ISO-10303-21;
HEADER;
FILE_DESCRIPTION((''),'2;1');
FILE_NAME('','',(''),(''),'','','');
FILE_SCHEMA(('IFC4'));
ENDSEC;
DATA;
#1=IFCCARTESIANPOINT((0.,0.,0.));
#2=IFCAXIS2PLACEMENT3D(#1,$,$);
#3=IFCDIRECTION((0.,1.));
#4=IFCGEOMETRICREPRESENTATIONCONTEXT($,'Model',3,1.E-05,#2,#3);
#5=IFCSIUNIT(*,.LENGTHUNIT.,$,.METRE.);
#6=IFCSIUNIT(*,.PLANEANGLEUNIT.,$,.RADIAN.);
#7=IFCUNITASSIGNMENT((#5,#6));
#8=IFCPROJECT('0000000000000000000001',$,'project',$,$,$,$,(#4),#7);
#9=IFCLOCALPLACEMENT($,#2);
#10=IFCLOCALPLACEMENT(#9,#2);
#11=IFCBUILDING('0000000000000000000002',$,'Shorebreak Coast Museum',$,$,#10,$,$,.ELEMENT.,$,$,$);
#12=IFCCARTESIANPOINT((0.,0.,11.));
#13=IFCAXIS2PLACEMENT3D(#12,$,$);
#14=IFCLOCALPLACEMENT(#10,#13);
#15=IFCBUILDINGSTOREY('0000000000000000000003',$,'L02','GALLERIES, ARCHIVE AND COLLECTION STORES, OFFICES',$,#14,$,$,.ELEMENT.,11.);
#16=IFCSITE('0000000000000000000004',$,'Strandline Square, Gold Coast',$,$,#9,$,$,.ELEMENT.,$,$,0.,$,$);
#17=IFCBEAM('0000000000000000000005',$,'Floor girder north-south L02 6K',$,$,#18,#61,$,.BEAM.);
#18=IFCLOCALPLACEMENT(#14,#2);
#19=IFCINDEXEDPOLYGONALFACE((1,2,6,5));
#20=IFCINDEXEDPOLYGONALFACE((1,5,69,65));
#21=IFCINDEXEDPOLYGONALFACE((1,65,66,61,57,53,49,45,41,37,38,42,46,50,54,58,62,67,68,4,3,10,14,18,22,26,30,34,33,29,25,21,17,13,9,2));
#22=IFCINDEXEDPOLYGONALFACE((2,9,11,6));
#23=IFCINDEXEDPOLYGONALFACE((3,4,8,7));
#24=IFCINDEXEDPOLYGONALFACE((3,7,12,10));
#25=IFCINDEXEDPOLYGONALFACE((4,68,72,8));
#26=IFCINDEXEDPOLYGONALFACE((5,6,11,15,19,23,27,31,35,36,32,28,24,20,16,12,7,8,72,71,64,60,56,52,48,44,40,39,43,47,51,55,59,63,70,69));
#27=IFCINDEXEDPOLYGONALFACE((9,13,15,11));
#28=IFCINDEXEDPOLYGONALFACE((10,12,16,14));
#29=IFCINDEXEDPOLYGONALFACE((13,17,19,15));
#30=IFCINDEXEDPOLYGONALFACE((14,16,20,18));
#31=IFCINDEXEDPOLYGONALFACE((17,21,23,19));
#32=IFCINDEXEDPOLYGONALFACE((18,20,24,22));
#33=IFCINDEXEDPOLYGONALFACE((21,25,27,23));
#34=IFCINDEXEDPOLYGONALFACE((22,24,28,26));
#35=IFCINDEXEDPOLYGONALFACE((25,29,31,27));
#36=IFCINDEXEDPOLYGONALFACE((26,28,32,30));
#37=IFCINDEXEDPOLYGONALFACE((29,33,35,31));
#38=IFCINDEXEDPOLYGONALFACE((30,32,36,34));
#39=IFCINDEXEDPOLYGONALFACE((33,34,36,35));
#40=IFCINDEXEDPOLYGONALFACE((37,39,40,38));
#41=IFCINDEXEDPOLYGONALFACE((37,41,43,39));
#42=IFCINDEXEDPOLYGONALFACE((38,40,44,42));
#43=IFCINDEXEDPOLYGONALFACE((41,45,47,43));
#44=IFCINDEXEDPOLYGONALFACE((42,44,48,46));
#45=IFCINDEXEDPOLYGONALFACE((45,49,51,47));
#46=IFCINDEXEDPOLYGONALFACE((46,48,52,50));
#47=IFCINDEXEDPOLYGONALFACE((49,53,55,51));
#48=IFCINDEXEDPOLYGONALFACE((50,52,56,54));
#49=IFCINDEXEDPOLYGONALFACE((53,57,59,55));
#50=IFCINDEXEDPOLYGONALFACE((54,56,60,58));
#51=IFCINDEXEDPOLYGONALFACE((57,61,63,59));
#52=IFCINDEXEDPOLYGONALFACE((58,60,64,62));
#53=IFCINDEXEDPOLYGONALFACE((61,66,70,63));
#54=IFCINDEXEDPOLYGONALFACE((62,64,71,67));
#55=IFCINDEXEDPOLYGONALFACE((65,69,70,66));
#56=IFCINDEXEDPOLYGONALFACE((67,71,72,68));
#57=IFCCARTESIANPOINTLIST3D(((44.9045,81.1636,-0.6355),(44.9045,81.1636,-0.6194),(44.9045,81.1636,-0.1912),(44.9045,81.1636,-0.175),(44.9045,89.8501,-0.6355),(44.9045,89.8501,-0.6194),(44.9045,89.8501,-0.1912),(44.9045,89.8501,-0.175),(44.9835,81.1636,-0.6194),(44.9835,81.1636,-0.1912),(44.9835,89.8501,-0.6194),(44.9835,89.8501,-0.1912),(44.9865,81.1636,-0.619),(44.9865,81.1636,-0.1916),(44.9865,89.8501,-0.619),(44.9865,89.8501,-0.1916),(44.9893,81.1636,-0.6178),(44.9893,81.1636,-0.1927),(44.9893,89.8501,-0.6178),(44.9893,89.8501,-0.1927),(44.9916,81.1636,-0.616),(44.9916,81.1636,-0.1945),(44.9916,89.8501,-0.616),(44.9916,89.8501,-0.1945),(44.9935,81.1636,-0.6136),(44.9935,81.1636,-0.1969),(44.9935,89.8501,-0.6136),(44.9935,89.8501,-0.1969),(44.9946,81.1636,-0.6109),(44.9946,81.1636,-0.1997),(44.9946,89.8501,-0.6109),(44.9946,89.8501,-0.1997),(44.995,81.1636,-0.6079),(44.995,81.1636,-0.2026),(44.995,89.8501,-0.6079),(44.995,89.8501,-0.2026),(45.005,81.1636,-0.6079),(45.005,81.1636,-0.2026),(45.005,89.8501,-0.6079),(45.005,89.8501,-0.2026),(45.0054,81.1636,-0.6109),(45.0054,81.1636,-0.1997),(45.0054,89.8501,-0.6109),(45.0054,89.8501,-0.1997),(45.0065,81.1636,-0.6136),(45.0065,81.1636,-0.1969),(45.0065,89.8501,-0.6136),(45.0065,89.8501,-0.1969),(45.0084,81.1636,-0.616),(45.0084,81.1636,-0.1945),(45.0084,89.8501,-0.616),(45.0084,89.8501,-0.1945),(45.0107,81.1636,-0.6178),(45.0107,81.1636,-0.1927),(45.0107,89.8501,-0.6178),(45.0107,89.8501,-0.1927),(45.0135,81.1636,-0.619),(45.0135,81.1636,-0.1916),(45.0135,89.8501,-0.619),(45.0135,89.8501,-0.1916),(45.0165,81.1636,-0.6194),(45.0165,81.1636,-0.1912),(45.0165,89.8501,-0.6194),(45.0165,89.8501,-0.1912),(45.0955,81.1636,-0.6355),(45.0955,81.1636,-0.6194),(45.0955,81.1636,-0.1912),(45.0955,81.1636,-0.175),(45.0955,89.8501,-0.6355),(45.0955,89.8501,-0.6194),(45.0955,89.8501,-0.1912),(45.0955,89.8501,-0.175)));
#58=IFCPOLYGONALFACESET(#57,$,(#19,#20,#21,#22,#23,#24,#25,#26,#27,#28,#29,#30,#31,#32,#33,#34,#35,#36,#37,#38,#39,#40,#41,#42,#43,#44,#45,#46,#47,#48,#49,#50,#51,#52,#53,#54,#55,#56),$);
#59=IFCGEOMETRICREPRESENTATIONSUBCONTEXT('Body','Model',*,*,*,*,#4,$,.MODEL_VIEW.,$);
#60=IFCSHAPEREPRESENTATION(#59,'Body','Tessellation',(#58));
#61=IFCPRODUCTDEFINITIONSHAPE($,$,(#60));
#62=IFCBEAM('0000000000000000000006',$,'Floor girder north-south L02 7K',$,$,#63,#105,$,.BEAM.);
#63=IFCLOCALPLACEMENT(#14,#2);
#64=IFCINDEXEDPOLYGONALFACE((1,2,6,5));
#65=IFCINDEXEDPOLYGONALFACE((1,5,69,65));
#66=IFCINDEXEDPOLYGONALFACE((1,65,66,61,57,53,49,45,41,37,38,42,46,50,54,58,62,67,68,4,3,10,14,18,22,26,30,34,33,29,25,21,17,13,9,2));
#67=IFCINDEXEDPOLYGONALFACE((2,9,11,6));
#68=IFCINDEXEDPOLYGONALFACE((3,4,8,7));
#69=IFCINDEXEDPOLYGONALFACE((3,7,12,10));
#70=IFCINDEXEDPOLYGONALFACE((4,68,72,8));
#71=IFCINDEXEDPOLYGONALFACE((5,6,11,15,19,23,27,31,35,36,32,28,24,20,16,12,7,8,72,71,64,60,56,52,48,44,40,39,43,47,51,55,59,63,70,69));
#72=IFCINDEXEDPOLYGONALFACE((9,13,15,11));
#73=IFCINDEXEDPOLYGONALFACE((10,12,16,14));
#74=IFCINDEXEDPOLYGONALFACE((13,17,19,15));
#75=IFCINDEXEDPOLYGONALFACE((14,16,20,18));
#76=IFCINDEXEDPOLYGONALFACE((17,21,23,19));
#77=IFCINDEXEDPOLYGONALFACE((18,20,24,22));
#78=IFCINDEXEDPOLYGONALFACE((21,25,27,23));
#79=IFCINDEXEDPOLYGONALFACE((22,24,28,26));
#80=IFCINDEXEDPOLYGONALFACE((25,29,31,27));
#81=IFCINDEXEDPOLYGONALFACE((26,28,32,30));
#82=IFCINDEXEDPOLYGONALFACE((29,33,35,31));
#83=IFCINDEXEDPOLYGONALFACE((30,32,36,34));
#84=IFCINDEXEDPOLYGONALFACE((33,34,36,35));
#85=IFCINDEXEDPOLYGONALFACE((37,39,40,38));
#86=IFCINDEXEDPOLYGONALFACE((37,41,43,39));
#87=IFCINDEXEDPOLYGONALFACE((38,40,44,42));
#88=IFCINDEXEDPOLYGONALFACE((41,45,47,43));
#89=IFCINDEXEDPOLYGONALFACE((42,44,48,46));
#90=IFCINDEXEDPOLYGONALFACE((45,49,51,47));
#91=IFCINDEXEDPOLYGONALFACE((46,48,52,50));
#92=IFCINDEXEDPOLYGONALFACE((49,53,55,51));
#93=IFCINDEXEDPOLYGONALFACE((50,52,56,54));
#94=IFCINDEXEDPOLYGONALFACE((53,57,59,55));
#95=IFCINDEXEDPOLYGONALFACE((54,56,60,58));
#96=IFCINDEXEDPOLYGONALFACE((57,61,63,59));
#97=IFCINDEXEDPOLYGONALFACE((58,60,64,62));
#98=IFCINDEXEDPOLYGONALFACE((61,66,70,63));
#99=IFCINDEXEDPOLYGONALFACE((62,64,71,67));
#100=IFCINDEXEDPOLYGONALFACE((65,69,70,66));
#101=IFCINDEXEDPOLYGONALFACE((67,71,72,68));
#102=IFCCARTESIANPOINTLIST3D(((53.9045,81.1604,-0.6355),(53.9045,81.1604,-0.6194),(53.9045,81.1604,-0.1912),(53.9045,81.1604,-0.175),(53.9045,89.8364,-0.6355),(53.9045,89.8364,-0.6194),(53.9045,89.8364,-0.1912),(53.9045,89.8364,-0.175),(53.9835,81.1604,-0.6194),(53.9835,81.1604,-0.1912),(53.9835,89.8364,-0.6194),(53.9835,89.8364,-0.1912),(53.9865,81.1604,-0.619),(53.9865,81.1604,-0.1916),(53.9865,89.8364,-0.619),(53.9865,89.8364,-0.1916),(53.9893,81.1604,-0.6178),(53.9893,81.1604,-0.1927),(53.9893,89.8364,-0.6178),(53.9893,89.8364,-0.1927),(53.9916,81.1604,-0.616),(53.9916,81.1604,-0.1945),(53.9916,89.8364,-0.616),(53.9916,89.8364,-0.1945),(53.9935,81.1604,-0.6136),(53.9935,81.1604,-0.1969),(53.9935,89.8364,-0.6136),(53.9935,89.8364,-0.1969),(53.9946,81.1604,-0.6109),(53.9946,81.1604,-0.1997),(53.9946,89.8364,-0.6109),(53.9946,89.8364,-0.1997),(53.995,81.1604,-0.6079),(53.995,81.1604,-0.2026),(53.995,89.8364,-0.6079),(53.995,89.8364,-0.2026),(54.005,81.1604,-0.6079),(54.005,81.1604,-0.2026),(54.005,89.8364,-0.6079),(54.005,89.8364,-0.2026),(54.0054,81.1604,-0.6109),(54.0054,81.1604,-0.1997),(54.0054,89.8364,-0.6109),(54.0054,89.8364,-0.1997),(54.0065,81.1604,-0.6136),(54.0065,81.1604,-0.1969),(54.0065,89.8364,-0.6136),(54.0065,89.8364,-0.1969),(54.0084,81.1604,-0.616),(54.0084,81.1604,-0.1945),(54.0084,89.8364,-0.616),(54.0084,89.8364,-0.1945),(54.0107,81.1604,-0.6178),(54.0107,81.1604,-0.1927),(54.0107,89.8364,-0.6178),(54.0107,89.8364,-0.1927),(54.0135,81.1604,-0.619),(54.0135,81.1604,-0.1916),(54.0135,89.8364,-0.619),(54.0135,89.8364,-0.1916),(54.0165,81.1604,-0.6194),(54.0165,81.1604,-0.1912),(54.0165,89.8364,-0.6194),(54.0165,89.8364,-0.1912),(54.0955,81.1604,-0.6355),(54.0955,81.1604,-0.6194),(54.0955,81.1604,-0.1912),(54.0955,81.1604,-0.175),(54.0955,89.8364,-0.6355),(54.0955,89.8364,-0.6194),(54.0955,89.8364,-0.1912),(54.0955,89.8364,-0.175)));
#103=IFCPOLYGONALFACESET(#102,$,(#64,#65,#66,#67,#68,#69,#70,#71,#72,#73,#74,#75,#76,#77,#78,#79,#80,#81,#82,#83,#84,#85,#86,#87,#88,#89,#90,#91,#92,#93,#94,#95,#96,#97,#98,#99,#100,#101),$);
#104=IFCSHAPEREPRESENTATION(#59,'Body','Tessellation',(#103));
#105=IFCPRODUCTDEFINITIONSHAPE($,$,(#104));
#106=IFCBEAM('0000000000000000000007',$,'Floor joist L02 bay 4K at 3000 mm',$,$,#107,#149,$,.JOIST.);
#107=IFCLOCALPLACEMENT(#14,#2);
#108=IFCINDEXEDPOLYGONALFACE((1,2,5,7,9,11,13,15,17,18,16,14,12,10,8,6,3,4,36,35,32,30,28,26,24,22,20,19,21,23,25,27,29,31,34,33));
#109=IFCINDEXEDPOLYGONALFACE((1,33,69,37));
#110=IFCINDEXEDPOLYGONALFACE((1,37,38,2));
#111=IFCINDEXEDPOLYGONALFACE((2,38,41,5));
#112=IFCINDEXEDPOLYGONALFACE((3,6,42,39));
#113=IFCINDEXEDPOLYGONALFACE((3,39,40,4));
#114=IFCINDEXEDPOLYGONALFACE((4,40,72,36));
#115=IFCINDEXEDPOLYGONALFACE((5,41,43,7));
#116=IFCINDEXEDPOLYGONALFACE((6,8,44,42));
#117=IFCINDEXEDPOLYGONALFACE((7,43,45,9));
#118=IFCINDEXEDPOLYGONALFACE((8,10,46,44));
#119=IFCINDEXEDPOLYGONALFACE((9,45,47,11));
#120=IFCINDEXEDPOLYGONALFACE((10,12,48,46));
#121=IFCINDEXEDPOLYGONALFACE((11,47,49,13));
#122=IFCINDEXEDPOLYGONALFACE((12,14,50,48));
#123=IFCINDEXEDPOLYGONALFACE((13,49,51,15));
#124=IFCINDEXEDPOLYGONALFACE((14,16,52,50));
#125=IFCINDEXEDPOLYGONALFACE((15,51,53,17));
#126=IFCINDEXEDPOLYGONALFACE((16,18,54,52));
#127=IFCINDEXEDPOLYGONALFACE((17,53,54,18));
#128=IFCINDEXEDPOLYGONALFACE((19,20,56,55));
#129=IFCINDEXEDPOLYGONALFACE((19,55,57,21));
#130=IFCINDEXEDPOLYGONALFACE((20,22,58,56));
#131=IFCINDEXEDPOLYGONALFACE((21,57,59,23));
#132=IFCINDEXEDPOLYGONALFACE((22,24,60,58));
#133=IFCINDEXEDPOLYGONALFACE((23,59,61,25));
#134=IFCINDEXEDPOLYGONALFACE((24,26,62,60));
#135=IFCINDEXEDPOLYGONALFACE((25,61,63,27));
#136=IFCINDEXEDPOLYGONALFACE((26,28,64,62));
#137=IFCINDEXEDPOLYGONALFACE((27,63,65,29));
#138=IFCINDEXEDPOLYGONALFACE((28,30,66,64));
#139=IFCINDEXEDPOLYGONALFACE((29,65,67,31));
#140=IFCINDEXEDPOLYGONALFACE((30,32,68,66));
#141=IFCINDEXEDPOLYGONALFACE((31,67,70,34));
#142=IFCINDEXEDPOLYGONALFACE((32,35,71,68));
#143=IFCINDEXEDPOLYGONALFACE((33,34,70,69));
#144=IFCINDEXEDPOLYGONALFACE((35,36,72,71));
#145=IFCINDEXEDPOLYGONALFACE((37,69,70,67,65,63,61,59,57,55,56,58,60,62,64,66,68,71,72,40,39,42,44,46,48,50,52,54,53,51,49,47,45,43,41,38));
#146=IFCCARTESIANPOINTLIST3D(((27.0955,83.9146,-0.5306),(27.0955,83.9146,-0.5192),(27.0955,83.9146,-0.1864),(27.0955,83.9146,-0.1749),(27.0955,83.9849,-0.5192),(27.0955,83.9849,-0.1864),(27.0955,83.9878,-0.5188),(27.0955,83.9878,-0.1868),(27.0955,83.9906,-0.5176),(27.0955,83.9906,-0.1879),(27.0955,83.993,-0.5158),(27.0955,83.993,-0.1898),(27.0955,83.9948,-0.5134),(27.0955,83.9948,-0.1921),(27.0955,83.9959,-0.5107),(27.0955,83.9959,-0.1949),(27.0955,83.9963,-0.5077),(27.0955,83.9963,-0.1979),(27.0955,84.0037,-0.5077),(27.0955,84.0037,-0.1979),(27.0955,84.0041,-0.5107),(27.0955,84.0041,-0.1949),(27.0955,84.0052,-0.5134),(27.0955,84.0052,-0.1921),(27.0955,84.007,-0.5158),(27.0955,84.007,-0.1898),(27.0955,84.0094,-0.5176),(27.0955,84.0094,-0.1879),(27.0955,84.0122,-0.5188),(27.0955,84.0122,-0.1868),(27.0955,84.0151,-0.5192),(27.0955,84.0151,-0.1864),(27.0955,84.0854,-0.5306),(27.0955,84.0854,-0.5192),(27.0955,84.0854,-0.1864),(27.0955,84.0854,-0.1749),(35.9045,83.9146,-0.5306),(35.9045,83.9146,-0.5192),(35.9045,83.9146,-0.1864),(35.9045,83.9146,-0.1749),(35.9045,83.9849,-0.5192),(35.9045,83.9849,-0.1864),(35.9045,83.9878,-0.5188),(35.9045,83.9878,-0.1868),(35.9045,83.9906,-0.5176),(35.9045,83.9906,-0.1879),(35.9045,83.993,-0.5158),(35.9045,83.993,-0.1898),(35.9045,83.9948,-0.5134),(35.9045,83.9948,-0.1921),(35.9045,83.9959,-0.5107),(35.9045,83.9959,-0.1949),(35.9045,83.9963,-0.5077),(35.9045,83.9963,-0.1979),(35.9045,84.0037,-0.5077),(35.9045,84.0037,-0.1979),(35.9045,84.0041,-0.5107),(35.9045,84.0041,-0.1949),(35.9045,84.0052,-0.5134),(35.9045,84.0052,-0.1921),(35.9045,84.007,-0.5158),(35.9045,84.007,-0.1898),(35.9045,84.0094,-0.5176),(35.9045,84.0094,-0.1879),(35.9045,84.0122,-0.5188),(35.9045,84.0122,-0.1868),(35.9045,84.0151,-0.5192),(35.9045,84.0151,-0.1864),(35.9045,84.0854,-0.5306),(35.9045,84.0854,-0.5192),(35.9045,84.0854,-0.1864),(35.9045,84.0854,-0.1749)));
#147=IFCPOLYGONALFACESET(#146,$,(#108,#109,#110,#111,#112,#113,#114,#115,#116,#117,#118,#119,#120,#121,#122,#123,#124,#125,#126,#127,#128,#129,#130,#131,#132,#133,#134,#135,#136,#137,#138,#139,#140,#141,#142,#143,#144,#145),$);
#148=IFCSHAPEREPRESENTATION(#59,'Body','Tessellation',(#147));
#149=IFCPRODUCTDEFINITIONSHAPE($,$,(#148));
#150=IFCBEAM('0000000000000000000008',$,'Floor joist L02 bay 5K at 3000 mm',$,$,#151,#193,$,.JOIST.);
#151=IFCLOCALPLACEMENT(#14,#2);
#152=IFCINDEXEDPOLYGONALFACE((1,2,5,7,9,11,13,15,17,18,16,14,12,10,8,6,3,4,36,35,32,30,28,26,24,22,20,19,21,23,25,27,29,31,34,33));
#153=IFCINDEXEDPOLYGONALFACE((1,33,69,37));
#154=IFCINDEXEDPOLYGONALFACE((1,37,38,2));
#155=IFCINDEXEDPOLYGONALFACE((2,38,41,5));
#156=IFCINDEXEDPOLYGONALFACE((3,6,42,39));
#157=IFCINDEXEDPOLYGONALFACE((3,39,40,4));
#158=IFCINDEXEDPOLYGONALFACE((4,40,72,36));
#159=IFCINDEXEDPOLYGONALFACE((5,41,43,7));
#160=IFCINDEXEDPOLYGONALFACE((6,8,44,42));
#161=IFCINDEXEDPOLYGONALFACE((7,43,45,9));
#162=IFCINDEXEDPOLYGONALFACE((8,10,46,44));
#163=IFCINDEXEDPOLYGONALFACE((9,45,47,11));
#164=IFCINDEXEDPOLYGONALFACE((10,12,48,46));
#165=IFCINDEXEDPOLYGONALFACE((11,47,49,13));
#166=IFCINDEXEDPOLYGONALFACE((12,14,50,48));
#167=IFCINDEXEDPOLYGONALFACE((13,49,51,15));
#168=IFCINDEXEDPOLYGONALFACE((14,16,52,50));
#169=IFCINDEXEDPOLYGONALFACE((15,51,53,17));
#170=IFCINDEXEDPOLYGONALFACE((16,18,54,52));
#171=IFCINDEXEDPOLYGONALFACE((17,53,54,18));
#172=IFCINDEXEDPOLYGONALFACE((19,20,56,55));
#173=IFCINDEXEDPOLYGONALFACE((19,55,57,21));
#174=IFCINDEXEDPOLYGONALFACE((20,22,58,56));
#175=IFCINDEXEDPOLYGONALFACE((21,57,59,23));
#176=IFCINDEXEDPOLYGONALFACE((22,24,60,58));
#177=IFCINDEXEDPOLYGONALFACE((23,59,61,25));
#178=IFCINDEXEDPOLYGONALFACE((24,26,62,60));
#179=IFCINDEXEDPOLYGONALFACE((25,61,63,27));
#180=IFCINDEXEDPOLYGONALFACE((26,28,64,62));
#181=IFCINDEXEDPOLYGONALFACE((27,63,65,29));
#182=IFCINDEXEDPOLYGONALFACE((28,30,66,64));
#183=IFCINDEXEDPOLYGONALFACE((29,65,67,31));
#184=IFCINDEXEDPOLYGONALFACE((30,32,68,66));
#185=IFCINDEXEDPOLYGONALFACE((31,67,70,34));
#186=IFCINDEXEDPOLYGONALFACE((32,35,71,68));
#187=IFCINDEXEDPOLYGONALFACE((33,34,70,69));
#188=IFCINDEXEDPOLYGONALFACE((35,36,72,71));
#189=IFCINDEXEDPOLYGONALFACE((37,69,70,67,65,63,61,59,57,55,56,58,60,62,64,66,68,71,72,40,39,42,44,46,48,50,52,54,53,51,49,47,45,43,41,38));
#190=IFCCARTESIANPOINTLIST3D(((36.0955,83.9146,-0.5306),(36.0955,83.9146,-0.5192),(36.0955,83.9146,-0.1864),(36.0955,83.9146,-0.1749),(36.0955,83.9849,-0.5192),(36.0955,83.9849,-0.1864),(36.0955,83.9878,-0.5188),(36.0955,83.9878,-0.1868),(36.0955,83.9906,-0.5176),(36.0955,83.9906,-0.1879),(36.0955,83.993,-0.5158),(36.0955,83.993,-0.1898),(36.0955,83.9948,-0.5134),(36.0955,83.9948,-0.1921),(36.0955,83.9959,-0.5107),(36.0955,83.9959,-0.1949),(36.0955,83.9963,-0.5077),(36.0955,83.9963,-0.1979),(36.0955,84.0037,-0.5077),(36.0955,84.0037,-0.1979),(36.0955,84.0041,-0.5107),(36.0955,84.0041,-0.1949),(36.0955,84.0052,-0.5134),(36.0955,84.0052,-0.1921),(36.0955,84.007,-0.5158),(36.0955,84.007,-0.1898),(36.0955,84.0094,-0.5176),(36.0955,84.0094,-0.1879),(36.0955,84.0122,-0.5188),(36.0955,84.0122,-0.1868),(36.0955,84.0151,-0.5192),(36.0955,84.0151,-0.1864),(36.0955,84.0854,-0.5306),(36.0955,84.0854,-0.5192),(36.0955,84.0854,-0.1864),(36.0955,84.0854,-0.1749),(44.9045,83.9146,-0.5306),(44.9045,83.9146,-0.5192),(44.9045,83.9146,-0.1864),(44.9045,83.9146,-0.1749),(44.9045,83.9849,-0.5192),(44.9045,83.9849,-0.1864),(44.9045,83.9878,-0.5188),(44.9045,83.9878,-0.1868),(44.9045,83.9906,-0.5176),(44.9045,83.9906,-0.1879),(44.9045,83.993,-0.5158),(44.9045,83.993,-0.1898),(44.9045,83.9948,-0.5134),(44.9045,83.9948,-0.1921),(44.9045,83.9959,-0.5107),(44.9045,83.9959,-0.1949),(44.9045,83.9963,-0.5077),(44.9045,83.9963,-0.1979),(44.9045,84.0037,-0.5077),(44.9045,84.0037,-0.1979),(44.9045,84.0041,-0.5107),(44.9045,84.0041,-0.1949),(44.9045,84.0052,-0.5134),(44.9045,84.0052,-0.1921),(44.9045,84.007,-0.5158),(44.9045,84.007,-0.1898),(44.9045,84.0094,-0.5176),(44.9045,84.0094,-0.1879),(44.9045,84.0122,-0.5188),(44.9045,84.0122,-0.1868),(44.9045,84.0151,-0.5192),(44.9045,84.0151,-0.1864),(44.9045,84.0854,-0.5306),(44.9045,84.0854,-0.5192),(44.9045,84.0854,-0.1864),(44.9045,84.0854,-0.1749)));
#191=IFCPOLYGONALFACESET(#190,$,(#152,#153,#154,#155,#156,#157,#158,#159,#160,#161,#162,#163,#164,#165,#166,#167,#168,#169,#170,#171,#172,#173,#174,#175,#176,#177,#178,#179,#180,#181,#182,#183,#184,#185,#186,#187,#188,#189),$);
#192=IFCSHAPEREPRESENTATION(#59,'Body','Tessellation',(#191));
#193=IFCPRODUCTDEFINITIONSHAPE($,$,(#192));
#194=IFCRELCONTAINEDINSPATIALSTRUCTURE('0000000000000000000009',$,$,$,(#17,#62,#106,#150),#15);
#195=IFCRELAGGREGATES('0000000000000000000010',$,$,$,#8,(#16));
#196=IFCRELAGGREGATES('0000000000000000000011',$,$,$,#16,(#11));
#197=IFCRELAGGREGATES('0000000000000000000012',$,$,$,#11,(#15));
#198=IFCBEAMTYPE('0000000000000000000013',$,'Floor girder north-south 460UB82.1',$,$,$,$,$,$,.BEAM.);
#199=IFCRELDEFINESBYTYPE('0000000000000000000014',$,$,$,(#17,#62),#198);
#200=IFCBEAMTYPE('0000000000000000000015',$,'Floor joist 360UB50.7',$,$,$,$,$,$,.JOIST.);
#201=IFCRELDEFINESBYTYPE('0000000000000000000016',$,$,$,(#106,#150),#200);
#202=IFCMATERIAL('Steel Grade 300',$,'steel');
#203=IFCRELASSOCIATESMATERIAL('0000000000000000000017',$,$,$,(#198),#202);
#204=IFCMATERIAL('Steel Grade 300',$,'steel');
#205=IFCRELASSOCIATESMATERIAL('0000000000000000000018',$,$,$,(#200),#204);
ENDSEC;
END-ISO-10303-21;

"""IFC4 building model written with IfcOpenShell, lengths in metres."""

from ifc_helpers import new_model, si_unit, direction, frame, origin, origin_2d, place, context, subcontext, project, spatial, i_section, extrude, material, material_profile, profile_set, type_object, element, save


model = new_model("IFC4")

# Units and contexts
model_context = context("Model", 3, precision=1e-05, world=origin(), true_north=direction((0.0, 1.0)))
body_context = subcontext(model_context, "Body", "Model", "MODEL_VIEW")
ifc_project = project(units=[si_unit("LENGTHUNIT", "METRE"), si_unit("PLANEANGLEUNIT", "RADIAN")], contexts=[model_context])

# Site, building, storey
site_placement = place(None, origin())
site = spatial("IfcSite", under=ifc_project, at=site_placement, Name="Strandline Square, Gold Coast", CompositionType="ELEMENT", RefElevation=0.0)
building_placement = place(site_placement, origin())
building = spatial("IfcBuilding", under=site, at=building_placement, Name="Shorebreak Coast Museum", CompositionType="ELEMENT")
storey_placement = place(building_placement, frame((0.0, 0.0, 11.0)))
storey = spatial("IfcBuildingStorey", under=building, at=storey_placement, Name="L02", Description="GALLERIES, ARCHIVE AND COLLECTION STORES, OFFICES", CompositionType="ELEMENT", Elevation=11.0)

# Beams
ifc_material_1 = material(Name="Steel Grade 300", Category="steel")
ifc_material_profile_1 = material_profile(ifc_material_1, i_section(OverallWidth=0.1909, OverallDepth=0.4604, WebThickness=0.01, FlangeThickness=0.0161, FilletRadius=0.0115, at=origin_2d()), Name="460UB82.1")
ifc_profile_set_1 = profile_set([ifc_material_profile_1], Name="Steel Grade 300")
beam_type_1 = type_object("IfcBeamType", Name="Floor girder north-south 460UB82.1", PredefinedType="BEAM", material=ifc_profile_set_1)
for number, where, z_axis, x_axis, name in (
    (1, (45.0, 81.1636, -0.4053), (0.0, 1.0, 0.0), (-1.0, 0.0, 0.0), "Floor girder north-south L02 6K"),
):
    element("IfcBeam", number, at=place(storey_placement, frame(where, z_axis=z_axis, x_axis=x_axis)), inside=storey, type_object=beam_type_1, Name=name, PredefinedType="BEAM", context=body_context, shape_type="SweptSolid", body=[
        extrude(i_section(OverallWidth=0.1909, OverallDepth=0.4604, WebThickness=0.01, FlangeThickness=0.0161, FilletRadius=0.0115, at=origin_2d()), origin(), (0.0, 0.0, 1.0), 8.6865),
    ])
beam_1_placement = place(storey_placement, frame((54.0, 81.1604, -0.4053), z_axis=(0.0, 1.0, 0.0), x_axis=(-1.0, 0.0, 0.0)))
element("IfcBeam", 2, at=beam_1_placement, inside=storey, type_object=beam_type_1, Name="Floor girder north-south L02 7K", PredefinedType="BEAM", context=body_context, shape_type="SweptSolid", body=[
    extrude(i_section(OverallWidth=0.1909, OverallDepth=0.4604, WebThickness=0.01, FlangeThickness=0.0161, FilletRadius=0.0115, at=origin_2d()), origin(), (0.0, 0.0, 1.0), 8.676),
])
ifc_material_2 = material(Name="Steel Grade 300", Category="steel")
ifc_material_profile_2 = material_profile(ifc_material_2, i_section(OverallWidth=0.1709, OverallDepth=0.3557, WebThickness=0.0073, FlangeThickness=0.0115, FilletRadius=0.0115, at=origin_2d()), Name="360UB50.7")
ifc_profile_set_2 = profile_set([ifc_material_profile_2], Name="Steel Grade 300")
beam_type_2 = type_object("IfcBeamType", Name="Floor joist 360UB50.7", PredefinedType="JOIST", material=ifc_profile_set_2)
for number, where, z_axis, x_axis, name in (
    (3, (27.0955, 84.0, -0.3528), (1.0, 0.0, 0.0), (0.0, 1.0, 0.0), "Floor joist L02 bay 4K at 3000 mm"),
    (4, (36.0955, 84.0, -0.3528), (1.0, 0.0, 0.0), (0.0, 1.0, 0.0), "Floor joist L02 bay 5K at 3000 mm"),
):
    element("IfcBeam", number, at=place(storey_placement, frame(where, z_axis=z_axis, x_axis=x_axis)), inside=storey, type_object=beam_type_2, Name=name, PredefinedType="JOIST", context=body_context, shape_type="SweptSolid", body=[
        extrude(i_section(OverallWidth=0.1709, OverallDepth=0.3557, WebThickness=0.0073, FlangeThickness=0.0115, FilletRadius=0.0115, at=origin_2d()), origin(), (0.0, 0.0, 1.0), 8.8091),
    ])

save(model, "model.ifc")
